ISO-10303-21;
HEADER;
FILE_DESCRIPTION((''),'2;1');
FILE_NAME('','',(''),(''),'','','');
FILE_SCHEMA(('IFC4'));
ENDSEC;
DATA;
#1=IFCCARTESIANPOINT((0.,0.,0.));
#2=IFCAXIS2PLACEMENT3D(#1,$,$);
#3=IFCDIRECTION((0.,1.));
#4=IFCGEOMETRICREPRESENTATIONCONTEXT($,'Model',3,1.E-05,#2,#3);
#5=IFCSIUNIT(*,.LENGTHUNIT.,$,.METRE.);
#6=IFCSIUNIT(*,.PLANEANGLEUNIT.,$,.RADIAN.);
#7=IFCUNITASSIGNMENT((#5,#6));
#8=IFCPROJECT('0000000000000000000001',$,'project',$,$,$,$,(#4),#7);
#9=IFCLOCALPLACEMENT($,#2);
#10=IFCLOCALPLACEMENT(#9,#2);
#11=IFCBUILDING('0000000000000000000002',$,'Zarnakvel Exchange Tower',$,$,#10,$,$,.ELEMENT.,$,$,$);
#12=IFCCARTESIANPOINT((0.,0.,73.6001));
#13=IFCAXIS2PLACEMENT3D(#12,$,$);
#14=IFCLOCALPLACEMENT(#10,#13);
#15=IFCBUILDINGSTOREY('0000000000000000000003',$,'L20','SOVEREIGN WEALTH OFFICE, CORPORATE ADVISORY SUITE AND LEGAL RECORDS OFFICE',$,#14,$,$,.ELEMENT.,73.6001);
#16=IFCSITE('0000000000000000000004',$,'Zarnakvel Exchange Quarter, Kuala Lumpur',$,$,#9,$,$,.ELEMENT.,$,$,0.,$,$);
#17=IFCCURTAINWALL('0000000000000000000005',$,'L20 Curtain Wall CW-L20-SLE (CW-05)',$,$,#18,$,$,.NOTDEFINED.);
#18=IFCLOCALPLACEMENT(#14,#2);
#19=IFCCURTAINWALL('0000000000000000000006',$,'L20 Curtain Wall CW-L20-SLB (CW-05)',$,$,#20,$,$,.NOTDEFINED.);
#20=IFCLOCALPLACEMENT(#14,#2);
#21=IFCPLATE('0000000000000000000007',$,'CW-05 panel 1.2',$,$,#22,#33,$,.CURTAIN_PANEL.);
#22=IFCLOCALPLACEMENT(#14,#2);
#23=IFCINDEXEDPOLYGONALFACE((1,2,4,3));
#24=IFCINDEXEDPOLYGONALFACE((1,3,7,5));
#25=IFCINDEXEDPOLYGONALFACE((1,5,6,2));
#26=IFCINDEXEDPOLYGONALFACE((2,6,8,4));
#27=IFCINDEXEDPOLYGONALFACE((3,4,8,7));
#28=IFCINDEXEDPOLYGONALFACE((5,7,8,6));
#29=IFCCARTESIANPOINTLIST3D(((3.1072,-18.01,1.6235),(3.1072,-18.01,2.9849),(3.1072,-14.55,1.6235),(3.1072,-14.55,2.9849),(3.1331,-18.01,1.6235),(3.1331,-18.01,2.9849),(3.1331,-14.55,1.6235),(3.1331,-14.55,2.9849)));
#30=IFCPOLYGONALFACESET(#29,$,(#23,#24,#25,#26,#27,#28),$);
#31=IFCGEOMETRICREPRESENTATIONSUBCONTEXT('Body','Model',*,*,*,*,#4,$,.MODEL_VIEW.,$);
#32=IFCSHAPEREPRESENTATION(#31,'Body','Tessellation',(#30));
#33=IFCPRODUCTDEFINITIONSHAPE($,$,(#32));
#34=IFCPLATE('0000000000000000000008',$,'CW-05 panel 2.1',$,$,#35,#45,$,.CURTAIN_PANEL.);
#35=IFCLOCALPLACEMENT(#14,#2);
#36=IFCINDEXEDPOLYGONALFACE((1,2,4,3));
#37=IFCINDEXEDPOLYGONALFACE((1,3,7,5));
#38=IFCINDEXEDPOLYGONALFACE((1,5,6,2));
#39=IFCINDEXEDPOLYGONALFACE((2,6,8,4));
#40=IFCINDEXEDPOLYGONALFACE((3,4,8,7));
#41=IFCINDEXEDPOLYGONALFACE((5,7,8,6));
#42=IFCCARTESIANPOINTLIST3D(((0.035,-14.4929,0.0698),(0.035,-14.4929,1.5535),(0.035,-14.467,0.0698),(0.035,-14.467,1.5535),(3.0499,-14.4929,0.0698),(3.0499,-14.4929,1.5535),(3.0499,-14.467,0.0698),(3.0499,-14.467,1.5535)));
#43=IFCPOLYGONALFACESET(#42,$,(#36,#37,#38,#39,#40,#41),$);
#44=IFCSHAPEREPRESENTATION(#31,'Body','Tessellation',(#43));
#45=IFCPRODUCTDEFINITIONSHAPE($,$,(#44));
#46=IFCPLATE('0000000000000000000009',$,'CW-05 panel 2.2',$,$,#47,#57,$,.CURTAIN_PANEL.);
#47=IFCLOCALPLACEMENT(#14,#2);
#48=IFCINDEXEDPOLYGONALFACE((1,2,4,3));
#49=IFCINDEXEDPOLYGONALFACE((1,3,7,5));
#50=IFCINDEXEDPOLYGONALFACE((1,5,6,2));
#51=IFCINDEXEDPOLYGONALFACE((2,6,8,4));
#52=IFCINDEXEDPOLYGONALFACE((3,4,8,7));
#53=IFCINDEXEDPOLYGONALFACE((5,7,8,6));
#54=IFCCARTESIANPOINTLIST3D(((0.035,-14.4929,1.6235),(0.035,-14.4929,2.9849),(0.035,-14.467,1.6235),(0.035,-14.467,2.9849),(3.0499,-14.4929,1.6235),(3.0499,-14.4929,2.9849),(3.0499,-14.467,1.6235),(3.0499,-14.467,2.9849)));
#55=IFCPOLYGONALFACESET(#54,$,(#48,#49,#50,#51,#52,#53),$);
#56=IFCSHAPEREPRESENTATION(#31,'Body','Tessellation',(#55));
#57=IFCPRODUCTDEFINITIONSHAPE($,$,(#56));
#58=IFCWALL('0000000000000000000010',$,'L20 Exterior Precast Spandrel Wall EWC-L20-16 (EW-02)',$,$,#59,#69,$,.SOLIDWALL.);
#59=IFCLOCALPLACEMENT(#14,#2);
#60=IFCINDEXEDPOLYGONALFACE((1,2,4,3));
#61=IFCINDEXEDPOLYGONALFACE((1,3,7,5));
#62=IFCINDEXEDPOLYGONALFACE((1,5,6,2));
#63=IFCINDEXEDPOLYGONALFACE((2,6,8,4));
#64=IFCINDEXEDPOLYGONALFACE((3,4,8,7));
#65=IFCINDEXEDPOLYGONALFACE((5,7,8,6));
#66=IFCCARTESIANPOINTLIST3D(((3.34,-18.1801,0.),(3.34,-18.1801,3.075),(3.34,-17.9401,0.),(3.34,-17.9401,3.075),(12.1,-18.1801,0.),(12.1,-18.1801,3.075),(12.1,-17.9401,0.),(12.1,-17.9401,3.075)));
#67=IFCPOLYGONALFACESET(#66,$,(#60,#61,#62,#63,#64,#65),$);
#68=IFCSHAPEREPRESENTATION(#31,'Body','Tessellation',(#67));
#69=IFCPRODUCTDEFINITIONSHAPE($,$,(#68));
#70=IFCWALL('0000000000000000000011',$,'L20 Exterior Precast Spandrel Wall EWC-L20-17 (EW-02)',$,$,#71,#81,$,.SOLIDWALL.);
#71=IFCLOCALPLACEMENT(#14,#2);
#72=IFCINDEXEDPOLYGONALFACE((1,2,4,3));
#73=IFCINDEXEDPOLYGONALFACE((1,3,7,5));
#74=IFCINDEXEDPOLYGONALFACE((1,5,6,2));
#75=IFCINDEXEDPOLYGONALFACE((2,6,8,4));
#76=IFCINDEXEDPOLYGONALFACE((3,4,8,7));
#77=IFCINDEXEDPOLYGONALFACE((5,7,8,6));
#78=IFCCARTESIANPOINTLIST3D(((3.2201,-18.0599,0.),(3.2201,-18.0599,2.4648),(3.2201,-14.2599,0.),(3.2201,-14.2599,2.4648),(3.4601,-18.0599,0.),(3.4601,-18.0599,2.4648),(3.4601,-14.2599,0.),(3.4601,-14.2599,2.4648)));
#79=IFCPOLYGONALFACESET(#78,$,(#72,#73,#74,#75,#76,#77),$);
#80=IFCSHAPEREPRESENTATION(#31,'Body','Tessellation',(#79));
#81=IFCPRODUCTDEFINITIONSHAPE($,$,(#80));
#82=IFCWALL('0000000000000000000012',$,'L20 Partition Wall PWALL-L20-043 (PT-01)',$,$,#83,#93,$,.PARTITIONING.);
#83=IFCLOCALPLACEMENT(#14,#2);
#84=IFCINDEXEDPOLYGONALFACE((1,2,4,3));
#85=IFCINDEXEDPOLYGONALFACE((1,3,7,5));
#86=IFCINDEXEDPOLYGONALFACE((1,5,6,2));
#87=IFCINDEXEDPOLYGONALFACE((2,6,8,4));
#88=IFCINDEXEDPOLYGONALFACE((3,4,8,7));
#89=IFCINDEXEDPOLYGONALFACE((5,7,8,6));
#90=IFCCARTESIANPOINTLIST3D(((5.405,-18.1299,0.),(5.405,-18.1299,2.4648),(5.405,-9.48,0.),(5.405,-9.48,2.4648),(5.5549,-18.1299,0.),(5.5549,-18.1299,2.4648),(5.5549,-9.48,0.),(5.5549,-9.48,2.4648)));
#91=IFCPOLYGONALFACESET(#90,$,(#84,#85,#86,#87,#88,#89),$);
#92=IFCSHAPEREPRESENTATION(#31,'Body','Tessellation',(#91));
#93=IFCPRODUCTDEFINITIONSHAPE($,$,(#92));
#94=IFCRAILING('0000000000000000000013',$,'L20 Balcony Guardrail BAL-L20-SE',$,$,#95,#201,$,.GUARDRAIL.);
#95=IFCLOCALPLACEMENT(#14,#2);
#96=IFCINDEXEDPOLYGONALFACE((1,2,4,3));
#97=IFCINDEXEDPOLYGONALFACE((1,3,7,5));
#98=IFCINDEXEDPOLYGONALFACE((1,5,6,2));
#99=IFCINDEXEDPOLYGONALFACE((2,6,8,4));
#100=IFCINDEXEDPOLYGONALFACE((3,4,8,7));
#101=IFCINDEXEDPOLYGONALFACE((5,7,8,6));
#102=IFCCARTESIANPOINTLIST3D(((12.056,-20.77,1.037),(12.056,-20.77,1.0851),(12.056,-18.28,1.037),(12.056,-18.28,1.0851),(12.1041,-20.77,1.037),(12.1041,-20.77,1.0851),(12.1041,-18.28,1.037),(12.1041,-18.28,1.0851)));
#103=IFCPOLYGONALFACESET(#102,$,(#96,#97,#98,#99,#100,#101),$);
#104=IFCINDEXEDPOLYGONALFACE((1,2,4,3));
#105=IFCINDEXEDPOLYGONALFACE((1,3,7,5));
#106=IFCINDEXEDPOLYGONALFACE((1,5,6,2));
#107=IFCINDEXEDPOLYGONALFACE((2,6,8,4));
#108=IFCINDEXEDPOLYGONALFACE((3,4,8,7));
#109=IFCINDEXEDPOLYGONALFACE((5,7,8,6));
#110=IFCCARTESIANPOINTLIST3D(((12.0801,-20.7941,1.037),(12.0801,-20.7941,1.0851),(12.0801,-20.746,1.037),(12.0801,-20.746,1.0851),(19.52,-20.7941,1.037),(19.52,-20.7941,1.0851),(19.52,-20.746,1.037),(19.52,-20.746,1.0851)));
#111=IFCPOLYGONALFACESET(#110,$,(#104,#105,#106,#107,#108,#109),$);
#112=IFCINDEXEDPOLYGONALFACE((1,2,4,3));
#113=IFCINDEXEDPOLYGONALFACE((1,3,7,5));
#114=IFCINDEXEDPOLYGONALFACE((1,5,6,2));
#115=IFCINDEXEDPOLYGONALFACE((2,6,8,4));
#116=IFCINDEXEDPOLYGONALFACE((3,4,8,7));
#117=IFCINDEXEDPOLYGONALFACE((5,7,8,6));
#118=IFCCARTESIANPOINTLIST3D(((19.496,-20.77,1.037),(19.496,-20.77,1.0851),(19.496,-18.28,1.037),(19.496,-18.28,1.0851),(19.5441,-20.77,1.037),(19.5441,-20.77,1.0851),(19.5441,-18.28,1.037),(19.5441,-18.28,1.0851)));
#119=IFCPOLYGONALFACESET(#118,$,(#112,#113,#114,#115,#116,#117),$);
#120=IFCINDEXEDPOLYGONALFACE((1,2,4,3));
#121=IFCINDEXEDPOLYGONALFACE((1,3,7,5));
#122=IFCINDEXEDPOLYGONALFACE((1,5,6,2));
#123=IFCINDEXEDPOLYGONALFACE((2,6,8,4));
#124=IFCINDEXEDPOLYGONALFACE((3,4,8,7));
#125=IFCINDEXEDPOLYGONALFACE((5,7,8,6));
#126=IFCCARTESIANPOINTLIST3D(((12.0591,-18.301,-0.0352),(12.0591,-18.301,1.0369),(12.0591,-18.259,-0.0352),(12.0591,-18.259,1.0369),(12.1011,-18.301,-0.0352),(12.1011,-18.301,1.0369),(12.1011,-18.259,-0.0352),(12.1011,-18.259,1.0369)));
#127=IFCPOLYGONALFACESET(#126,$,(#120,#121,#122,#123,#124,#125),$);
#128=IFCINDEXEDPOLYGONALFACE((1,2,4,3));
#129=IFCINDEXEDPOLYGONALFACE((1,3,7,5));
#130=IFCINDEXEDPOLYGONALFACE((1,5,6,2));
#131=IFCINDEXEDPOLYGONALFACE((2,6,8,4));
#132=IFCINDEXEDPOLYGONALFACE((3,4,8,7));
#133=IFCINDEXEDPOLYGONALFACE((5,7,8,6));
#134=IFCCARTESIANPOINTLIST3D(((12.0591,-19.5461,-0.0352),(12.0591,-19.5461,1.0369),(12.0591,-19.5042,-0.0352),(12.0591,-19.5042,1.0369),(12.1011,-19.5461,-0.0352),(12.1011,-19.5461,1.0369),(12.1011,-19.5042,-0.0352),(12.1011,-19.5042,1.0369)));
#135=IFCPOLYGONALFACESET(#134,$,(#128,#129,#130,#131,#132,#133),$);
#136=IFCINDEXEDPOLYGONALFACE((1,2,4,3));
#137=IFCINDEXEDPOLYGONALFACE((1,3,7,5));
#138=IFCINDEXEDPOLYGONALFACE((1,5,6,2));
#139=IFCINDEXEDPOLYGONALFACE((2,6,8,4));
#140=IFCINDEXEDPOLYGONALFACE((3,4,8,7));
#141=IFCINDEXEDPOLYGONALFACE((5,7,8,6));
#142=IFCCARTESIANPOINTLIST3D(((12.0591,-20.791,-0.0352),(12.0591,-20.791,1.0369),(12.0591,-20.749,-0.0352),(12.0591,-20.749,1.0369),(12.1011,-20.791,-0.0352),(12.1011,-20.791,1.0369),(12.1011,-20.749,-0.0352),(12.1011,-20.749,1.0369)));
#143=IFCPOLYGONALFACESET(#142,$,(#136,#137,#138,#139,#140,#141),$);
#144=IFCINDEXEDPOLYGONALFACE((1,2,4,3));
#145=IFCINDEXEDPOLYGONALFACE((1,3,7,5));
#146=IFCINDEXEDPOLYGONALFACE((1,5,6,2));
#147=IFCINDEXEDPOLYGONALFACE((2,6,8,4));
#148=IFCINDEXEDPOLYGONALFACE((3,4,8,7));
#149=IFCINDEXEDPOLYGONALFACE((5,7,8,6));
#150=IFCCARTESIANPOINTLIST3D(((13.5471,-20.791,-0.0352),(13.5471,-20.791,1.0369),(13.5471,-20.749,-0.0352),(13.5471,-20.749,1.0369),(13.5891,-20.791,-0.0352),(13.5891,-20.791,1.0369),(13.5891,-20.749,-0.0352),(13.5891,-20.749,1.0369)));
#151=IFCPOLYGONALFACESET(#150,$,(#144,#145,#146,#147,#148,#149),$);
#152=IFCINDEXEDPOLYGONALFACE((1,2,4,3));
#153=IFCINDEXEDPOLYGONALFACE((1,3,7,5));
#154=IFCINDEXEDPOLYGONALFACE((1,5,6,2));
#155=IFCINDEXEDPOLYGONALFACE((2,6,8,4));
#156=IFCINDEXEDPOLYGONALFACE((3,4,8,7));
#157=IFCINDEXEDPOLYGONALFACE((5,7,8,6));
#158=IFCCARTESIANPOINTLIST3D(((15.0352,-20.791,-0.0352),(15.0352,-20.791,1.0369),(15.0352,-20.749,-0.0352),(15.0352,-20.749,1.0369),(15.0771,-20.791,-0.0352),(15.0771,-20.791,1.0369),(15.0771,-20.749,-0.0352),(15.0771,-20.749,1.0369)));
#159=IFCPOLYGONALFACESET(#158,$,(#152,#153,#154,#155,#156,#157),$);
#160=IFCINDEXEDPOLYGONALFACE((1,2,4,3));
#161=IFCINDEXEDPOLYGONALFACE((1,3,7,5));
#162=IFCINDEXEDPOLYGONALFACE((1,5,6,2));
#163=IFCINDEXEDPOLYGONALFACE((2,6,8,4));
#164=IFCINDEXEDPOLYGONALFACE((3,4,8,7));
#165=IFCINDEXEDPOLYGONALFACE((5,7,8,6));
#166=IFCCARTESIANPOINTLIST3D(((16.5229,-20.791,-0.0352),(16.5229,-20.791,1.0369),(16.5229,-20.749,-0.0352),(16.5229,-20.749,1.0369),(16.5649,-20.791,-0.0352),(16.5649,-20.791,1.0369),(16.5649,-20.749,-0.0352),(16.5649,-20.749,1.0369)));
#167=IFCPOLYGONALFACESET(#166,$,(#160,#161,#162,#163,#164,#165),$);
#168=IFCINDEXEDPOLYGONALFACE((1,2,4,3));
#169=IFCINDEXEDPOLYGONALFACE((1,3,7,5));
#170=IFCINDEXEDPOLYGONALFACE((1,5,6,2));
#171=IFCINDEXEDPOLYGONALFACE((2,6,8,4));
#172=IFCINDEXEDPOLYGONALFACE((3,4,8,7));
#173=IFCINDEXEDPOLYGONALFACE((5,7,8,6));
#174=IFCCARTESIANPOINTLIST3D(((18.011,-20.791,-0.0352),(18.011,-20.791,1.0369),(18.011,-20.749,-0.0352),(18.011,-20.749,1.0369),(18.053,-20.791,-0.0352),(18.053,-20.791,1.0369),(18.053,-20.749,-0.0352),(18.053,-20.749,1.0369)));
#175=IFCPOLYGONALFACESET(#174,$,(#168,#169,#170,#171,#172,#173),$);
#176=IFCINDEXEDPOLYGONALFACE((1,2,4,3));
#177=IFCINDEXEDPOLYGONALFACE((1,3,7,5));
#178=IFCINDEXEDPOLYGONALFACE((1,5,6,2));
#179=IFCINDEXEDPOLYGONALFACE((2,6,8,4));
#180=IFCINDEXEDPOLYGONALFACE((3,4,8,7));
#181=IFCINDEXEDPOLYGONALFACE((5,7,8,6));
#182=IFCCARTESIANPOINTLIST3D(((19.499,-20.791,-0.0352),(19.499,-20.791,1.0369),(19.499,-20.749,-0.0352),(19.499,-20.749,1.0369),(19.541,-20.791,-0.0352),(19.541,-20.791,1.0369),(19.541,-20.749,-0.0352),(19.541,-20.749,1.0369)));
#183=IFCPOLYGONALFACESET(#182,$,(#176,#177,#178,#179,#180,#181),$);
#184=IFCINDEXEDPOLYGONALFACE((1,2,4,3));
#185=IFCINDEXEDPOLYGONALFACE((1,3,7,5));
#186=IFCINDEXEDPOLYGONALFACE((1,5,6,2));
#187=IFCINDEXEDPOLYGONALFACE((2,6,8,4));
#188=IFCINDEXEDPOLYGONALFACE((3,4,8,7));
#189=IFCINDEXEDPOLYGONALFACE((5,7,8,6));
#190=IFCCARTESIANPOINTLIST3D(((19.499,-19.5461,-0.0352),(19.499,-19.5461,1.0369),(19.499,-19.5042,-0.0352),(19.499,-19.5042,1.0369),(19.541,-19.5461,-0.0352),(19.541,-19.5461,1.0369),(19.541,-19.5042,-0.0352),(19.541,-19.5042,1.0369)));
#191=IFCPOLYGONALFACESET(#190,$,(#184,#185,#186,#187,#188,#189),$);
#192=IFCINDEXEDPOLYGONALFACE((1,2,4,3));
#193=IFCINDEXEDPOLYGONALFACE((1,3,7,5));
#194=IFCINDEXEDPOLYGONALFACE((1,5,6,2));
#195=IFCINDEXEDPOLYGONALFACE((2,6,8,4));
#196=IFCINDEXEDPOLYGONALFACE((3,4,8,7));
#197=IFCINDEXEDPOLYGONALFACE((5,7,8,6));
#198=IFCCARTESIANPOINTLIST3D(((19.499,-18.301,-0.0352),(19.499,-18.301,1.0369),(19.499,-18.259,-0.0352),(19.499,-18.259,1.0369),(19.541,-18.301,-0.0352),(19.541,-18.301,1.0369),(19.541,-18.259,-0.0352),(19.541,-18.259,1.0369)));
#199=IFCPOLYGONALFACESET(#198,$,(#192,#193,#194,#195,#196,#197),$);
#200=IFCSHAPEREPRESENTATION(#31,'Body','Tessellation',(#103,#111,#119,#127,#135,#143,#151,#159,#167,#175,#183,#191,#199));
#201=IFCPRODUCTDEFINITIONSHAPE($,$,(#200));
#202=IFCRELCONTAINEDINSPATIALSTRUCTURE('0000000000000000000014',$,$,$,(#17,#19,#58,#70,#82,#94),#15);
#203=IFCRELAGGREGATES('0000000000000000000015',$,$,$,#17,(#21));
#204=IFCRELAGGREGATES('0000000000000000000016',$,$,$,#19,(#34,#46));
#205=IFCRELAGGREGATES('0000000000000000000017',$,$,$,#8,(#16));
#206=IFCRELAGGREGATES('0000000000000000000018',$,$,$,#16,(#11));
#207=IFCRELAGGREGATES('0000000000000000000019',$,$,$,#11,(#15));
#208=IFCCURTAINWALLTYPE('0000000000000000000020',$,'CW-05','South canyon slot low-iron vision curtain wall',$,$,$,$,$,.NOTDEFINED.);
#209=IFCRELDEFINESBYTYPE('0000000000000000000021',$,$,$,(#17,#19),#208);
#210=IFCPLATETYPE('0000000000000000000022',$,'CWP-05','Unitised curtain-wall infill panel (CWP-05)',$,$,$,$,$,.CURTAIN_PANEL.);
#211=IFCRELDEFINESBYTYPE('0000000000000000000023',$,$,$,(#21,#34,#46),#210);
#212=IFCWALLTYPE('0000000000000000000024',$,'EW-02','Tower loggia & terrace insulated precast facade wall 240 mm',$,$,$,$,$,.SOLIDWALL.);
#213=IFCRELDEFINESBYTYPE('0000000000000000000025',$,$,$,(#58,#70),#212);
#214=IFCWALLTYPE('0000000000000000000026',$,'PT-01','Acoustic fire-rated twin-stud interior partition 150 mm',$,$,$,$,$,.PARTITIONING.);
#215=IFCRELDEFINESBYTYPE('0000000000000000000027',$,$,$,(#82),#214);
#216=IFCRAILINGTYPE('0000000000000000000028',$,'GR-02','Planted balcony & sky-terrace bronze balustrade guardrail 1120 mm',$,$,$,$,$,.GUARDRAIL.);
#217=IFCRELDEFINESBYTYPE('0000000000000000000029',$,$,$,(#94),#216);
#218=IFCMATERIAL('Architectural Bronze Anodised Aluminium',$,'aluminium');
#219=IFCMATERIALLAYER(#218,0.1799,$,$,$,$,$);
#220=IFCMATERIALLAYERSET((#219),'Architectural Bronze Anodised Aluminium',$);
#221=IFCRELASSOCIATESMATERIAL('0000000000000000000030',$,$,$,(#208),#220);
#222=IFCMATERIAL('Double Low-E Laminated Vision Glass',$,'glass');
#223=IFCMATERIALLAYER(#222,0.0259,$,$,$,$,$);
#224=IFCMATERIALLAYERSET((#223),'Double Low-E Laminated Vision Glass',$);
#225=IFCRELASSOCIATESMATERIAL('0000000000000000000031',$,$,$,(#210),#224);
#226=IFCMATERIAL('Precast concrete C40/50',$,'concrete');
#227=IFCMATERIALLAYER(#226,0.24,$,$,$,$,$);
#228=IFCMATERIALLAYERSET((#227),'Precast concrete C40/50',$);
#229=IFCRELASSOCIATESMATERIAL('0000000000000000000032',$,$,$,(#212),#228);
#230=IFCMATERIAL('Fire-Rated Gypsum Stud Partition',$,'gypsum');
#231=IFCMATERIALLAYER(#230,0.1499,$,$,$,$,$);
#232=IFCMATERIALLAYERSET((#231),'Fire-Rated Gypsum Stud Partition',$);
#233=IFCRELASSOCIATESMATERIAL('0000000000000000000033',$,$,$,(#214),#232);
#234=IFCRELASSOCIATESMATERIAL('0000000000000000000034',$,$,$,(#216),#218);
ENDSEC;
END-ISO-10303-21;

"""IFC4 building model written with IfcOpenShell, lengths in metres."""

from ifc_helpers import new_model, si_unit, direction, frame, frame_2d, origin, origin_2d, place, context, subcontext, project, spatial, rectangle, extrude, source, transform, mapped, material, layer, layer_set, type_object, element, aggregate, save


model = new_model("IFC4")

# Units and contexts
model_context = context("Model", 3, precision=1e-05, world=origin(), true_north=direction((0.0, 1.0)))
body_context = subcontext(model_context, "Body", "Model", "MODEL_VIEW")
ifc_project = project(units=[si_unit("LENGTHUNIT", "METRE"), si_unit("PLANEANGLEUNIT", "RADIAN")], contexts=[model_context])

# Site, building, storey
site_placement = place(None, origin())
site = spatial("IfcSite", under=ifc_project, at=site_placement, Name="Zarnakvel Exchange Quarter, Kuala Lumpur", CompositionType="ELEMENT", RefElevation=0.0)
building_placement = place(site_placement, origin())
building = spatial("IfcBuilding", under=site, at=building_placement, Name="Zarnakvel Exchange Tower", CompositionType="ELEMENT")
storey_placement = place(building_placement, frame((0.0, 0.0, 73.6001)))
storey = spatial("IfcBuildingStorey", under=building, at=storey_placement, Name="L20", Description="SOVEREIGN WEALTH OFFICE, CORPORATE ADVISORY SUITE AND LEGAL RECORDS OFFICE", CompositionType="ELEMENT", Elevation=73.6001)

# Curtain walls
ifc_material_1 = material(Name="Architectural Bronze Anodised Aluminium", Category="aluminium")
ifc_layer_1 = layer(ifc_material_1, 0.1799)
ifc_layer_set_1 = layer_set([ifc_layer_1], Name="Architectural Bronze Anodised Aluminium")
curtain_wall_type = type_object("IfcCurtainWallType", Name="CW-05", Description="South canyon slot low-iron vision curtain wall", PredefinedType="NOTDEFINED", material=ifc_layer_set_1)
curtain_wall_1_placement = place(storey_placement, origin())
curtain_wall_1 = element("IfcCurtainWall", 1, at=curtain_wall_1_placement, inside=storey, type_object=curtain_wall_type, Name="L20 Curtain Wall CW-L20-SLE (CW-05)", PredefinedType="NOTDEFINED")
curtain_wall_2_placement = place(storey_placement, origin())
curtain_wall_2 = element("IfcCurtainWall", 2, at=curtain_wall_2_placement, inside=storey, type_object=curtain_wall_type, Name="L20 Curtain Wall CW-L20-SLB (CW-05)", PredefinedType="NOTDEFINED")

# Plates
ifc_material_2 = material(Name="Double Low-E Laminated Vision Glass", Category="glass")
ifc_layer_2 = layer(ifc_material_2, 0.0259)
ifc_layer_set_2 = layer_set([ifc_layer_2], Name="Double Low-E Laminated Vision Glass")
plate_type = type_object("IfcPlateType", Name="CWP-05", Description="Unitised curtain-wall infill panel (CWP-05)", PredefinedType="CURTAIN_PANEL", material=ifc_layer_set_2)
shared_shape_1 = source(origin(), body_context, "Body", "SweptSolid", [
    extrude(rectangle(XDim=3.46, YDim=0.0259, at=origin_2d()), origin(), (0.0, 0.0, 1.0), 1.3613),
])
plate_1_placement = place(storey_placement, frame((3.1201, -16.28, 1.6235), z_axis=(0.0, 0.0, 1.0), x_axis=(0.0, -1.0, 0.0)))
plate_1 = element("IfcPlate", 3, at=plate_1_placement, type_object=plate_type, Name="CW-05 panel 1.2", PredefinedType="CURTAIN_PANEL", context=body_context, shape_type="MappedRepresentation", body=[
    mapped(shared_shape_1, transform((0.0, 0.0, 0.0), x_axis=(1.0, 0.0, 0.0), y_axis=(0.0, 1.0, 0.0), z_axis=(0.0, 0.0, 1.0), scale=1.0)),
])
aggregate(curtain_wall_1, [plate_1])
shared_shape_2 = source(origin(), body_context, "Body", "SweptSolid", [
    extrude(rectangle(XDim=3.0149, YDim=0.0259, at=origin_2d()), origin(), (0.0, 0.0, 1.0), 1.4836),
])
plate_2_placement = place(storey_placement, frame((1.5425, -14.48, 0.0698), z_axis=(0.0, 0.0, 1.0), x_axis=(1.0, 0.0, 0.0)))
plate_2 = element("IfcPlate", 4, at=plate_2_placement, type_object=plate_type, Name="CW-05 panel 2.1", PredefinedType="CURTAIN_PANEL", context=body_context, shape_type="MappedRepresentation", body=[
    mapped(shared_shape_2, transform((0.0, 0.0, 0.0), x_axis=(1.0, 0.0, 0.0), y_axis=(0.0, 1.0, 0.0), z_axis=(0.0, 0.0, 1.0), scale=1.0)),
])
shared_shape_3 = source(origin(), body_context, "Body", "SweptSolid", [
    extrude(rectangle(XDim=3.0149, YDim=0.0259, at=origin_2d()), origin(), (0.0, 0.0, 1.0), 1.3613),
])
plate_3_placement = place(storey_placement, frame((1.5425, -14.48, 1.6235), z_axis=(0.0, 0.0, 1.0), x_axis=(1.0, 0.0, 0.0)))
plate_3 = element("IfcPlate", 5, at=plate_3_placement, type_object=plate_type, Name="CW-05 panel 2.2", PredefinedType="CURTAIN_PANEL", context=body_context, shape_type="MappedRepresentation", body=[
    mapped(shared_shape_3, transform((0.0, 0.0, 0.0), x_axis=(1.0, 0.0, 0.0), y_axis=(0.0, 1.0, 0.0), z_axis=(0.0, 0.0, 1.0), scale=1.0)),
])
aggregate(curtain_wall_2, [plate_2, plate_3])

# Walls
ifc_material_3 = material(Name="Precast concrete C40/50", Category="concrete")
ifc_layer_3 = layer(ifc_material_3, 0.24)
ifc_layer_set_3 = layer_set([ifc_layer_3], Name="Precast concrete C40/50")
wall_type_1 = type_object("IfcWallType", Name="EW-02", Description="Tower loggia & terrace insulated precast facade wall 240 mm", PredefinedType="SOLIDWALL", material=ifc_layer_set_3)
wall_1_placement = place(storey_placement, frame((3.3401, -18.0601, 0.0), z_axis=(0.0, 0.0, 1.0), x_axis=(1.0, 0.0, 0.0)))
element("IfcWall", 6, at=wall_1_placement, inside=storey, type_object=wall_type_1, Name="L20 Exterior Precast Spandrel Wall EWC-L20-16 (EW-02)", PredefinedType="SOLIDWALL", context=body_context, shape_type="SweptSolid", body=[
    extrude(rectangle(XDim=8.76, YDim=0.24, at=frame_2d((4.3799, 0.0))), origin(), (0.0, 0.0, 1.0), 3.075),
])
wall_2_placement = place(storey_placement, frame((3.3401, -14.26, 0.0), z_axis=(0.0, 0.0, 1.0), x_axis=(0.0, -1.0, 0.0)))
element("IfcWall", 7, at=wall_2_placement, inside=storey, type_object=wall_type_1, Name="L20 Exterior Precast Spandrel Wall EWC-L20-17 (EW-02)", PredefinedType="SOLIDWALL", context=body_context, shape_type="SweptSolid", body=[
    extrude(rectangle(XDim=3.8, YDim=0.24, at=frame_2d((1.8999, 0.0))), origin(), (0.0, 0.0, 1.0), 2.4648),
])
ifc_material_4 = material(Name="Fire-Rated Gypsum Stud Partition", Category="gypsum")
ifc_layer_4 = layer(ifc_material_4, 0.1499)
ifc_layer_set_4 = layer_set([ifc_layer_4], Name="Fire-Rated Gypsum Stud Partition")
wall_type_2 = type_object("IfcWallType", Name="PT-01", Description="Acoustic fire-rated twin-stud interior partition 150 mm", PredefinedType="PARTITIONING", material=ifc_layer_set_4)
wall_3_placement = place(storey_placement, frame((5.48, -18.1299, 0.0), z_axis=(0.0, 0.0, 1.0), x_axis=(0.0, 1.0, 0.0)))
element("IfcWall", 8, at=wall_3_placement, inside=storey, type_object=wall_type_2, Name="L20 Partition Wall PWALL-L20-043 (PT-01)", PredefinedType="PARTITIONING", context=body_context, shape_type="SweptSolid", body=[
    extrude(rectangle(XDim=8.6499, YDim=0.1499, at=frame_2d((4.325, 0.0))), origin(), (0.0, 0.0, 1.0), 2.4648),
])

# Railing
railing_type = type_object("IfcRailingType", Name="GR-02", Description="Planted balcony & sky-terrace bronze balustrade guardrail 1120 mm", PredefinedType="GUARDRAIL", material=ifc_material_1)
railing_1_placement = place(storey_placement, frame((12.0801, -18.28, -0.0352)))
element("IfcRailing", 9, at=railing_1_placement, inside=storey, type_object=railing_type, Name="L20 Balcony Guardrail BAL-L20-SE", PredefinedType="GUARDRAIL", context=body_context, shape_type="SweptSolid", body=[
    extrude(rectangle(XDim=0.0481, YDim=0.0481, at=origin_2d()), frame((0.0, 0.0, 1.0962), z_axis=(0.0, -1.0, 0.0), x_axis=(1.0, 0.0, 0.0)), (0.0, 0.0, 1.0), 2.49),
    extrude(rectangle(XDim=0.0481, YDim=0.0481, at=origin_2d()), frame((0.0, -2.49, 1.0962), z_axis=(1.0, 0.0, 0.0), x_axis=(0.0, 1.0, 0.0)), (0.0, 0.0, 1.0), 7.4399),
    extrude(rectangle(XDim=0.0481, YDim=0.0481, at=origin_2d()), frame((7.4399, -2.49, 1.0962), z_axis=(0.0, 1.0, 0.0), x_axis=(-1.0, 0.0, 0.0)), (0.0, 0.0, 1.0), 2.49),
    extrude(rectangle(XDim=0.042, YDim=0.042, at=origin_2d()), origin(), (0.0, 0.0, 1.0), 1.072),
    extrude(rectangle(XDim=0.042, YDim=0.042, at=origin_2d()), frame((0.0, -1.2451, 0.0)), (0.0, 0.0, 1.0), 1.072),
    extrude(rectangle(XDim=0.042, YDim=0.042, at=origin_2d()), frame((0.0, -2.49, 0.0)), (0.0, 0.0, 1.0), 1.072),
    extrude(rectangle(XDim=0.042, YDim=0.042, at=origin_2d()), frame((1.488, -2.49, 0.0)), (0.0, 0.0, 1.0), 1.072),
    extrude(rectangle(XDim=0.042, YDim=0.042, at=origin_2d()), frame((2.9761, -2.49, 0.0)), (0.0, 0.0, 1.0), 1.072),
    extrude(rectangle(XDim=0.042, YDim=0.042, at=origin_2d()), frame((4.4639, -2.49, 0.0)), (0.0, 0.0, 1.0), 1.072),
    extrude(rectangle(XDim=0.042, YDim=0.042, at=origin_2d()), frame((5.9519, -2.49, 0.0)), (0.0, 0.0, 1.0), 1.072),
    extrude(rectangle(XDim=0.042, YDim=0.042, at=origin_2d()), frame((7.4399, -2.49, 0.0)), (0.0, 0.0, 1.0), 1.072),
    extrude(rectangle(XDim=0.042, YDim=0.042, at=origin_2d()), frame((7.4399, -1.2451, 0.0)), (0.0, 0.0, 1.0), 1.072),
    extrude(rectangle(XDim=0.042, YDim=0.042, at=origin_2d()), frame((7.4399, 0.0, 0.0)), (0.0, 0.0, 1.0), 1.072),
])

save(model, "model.ifc")
